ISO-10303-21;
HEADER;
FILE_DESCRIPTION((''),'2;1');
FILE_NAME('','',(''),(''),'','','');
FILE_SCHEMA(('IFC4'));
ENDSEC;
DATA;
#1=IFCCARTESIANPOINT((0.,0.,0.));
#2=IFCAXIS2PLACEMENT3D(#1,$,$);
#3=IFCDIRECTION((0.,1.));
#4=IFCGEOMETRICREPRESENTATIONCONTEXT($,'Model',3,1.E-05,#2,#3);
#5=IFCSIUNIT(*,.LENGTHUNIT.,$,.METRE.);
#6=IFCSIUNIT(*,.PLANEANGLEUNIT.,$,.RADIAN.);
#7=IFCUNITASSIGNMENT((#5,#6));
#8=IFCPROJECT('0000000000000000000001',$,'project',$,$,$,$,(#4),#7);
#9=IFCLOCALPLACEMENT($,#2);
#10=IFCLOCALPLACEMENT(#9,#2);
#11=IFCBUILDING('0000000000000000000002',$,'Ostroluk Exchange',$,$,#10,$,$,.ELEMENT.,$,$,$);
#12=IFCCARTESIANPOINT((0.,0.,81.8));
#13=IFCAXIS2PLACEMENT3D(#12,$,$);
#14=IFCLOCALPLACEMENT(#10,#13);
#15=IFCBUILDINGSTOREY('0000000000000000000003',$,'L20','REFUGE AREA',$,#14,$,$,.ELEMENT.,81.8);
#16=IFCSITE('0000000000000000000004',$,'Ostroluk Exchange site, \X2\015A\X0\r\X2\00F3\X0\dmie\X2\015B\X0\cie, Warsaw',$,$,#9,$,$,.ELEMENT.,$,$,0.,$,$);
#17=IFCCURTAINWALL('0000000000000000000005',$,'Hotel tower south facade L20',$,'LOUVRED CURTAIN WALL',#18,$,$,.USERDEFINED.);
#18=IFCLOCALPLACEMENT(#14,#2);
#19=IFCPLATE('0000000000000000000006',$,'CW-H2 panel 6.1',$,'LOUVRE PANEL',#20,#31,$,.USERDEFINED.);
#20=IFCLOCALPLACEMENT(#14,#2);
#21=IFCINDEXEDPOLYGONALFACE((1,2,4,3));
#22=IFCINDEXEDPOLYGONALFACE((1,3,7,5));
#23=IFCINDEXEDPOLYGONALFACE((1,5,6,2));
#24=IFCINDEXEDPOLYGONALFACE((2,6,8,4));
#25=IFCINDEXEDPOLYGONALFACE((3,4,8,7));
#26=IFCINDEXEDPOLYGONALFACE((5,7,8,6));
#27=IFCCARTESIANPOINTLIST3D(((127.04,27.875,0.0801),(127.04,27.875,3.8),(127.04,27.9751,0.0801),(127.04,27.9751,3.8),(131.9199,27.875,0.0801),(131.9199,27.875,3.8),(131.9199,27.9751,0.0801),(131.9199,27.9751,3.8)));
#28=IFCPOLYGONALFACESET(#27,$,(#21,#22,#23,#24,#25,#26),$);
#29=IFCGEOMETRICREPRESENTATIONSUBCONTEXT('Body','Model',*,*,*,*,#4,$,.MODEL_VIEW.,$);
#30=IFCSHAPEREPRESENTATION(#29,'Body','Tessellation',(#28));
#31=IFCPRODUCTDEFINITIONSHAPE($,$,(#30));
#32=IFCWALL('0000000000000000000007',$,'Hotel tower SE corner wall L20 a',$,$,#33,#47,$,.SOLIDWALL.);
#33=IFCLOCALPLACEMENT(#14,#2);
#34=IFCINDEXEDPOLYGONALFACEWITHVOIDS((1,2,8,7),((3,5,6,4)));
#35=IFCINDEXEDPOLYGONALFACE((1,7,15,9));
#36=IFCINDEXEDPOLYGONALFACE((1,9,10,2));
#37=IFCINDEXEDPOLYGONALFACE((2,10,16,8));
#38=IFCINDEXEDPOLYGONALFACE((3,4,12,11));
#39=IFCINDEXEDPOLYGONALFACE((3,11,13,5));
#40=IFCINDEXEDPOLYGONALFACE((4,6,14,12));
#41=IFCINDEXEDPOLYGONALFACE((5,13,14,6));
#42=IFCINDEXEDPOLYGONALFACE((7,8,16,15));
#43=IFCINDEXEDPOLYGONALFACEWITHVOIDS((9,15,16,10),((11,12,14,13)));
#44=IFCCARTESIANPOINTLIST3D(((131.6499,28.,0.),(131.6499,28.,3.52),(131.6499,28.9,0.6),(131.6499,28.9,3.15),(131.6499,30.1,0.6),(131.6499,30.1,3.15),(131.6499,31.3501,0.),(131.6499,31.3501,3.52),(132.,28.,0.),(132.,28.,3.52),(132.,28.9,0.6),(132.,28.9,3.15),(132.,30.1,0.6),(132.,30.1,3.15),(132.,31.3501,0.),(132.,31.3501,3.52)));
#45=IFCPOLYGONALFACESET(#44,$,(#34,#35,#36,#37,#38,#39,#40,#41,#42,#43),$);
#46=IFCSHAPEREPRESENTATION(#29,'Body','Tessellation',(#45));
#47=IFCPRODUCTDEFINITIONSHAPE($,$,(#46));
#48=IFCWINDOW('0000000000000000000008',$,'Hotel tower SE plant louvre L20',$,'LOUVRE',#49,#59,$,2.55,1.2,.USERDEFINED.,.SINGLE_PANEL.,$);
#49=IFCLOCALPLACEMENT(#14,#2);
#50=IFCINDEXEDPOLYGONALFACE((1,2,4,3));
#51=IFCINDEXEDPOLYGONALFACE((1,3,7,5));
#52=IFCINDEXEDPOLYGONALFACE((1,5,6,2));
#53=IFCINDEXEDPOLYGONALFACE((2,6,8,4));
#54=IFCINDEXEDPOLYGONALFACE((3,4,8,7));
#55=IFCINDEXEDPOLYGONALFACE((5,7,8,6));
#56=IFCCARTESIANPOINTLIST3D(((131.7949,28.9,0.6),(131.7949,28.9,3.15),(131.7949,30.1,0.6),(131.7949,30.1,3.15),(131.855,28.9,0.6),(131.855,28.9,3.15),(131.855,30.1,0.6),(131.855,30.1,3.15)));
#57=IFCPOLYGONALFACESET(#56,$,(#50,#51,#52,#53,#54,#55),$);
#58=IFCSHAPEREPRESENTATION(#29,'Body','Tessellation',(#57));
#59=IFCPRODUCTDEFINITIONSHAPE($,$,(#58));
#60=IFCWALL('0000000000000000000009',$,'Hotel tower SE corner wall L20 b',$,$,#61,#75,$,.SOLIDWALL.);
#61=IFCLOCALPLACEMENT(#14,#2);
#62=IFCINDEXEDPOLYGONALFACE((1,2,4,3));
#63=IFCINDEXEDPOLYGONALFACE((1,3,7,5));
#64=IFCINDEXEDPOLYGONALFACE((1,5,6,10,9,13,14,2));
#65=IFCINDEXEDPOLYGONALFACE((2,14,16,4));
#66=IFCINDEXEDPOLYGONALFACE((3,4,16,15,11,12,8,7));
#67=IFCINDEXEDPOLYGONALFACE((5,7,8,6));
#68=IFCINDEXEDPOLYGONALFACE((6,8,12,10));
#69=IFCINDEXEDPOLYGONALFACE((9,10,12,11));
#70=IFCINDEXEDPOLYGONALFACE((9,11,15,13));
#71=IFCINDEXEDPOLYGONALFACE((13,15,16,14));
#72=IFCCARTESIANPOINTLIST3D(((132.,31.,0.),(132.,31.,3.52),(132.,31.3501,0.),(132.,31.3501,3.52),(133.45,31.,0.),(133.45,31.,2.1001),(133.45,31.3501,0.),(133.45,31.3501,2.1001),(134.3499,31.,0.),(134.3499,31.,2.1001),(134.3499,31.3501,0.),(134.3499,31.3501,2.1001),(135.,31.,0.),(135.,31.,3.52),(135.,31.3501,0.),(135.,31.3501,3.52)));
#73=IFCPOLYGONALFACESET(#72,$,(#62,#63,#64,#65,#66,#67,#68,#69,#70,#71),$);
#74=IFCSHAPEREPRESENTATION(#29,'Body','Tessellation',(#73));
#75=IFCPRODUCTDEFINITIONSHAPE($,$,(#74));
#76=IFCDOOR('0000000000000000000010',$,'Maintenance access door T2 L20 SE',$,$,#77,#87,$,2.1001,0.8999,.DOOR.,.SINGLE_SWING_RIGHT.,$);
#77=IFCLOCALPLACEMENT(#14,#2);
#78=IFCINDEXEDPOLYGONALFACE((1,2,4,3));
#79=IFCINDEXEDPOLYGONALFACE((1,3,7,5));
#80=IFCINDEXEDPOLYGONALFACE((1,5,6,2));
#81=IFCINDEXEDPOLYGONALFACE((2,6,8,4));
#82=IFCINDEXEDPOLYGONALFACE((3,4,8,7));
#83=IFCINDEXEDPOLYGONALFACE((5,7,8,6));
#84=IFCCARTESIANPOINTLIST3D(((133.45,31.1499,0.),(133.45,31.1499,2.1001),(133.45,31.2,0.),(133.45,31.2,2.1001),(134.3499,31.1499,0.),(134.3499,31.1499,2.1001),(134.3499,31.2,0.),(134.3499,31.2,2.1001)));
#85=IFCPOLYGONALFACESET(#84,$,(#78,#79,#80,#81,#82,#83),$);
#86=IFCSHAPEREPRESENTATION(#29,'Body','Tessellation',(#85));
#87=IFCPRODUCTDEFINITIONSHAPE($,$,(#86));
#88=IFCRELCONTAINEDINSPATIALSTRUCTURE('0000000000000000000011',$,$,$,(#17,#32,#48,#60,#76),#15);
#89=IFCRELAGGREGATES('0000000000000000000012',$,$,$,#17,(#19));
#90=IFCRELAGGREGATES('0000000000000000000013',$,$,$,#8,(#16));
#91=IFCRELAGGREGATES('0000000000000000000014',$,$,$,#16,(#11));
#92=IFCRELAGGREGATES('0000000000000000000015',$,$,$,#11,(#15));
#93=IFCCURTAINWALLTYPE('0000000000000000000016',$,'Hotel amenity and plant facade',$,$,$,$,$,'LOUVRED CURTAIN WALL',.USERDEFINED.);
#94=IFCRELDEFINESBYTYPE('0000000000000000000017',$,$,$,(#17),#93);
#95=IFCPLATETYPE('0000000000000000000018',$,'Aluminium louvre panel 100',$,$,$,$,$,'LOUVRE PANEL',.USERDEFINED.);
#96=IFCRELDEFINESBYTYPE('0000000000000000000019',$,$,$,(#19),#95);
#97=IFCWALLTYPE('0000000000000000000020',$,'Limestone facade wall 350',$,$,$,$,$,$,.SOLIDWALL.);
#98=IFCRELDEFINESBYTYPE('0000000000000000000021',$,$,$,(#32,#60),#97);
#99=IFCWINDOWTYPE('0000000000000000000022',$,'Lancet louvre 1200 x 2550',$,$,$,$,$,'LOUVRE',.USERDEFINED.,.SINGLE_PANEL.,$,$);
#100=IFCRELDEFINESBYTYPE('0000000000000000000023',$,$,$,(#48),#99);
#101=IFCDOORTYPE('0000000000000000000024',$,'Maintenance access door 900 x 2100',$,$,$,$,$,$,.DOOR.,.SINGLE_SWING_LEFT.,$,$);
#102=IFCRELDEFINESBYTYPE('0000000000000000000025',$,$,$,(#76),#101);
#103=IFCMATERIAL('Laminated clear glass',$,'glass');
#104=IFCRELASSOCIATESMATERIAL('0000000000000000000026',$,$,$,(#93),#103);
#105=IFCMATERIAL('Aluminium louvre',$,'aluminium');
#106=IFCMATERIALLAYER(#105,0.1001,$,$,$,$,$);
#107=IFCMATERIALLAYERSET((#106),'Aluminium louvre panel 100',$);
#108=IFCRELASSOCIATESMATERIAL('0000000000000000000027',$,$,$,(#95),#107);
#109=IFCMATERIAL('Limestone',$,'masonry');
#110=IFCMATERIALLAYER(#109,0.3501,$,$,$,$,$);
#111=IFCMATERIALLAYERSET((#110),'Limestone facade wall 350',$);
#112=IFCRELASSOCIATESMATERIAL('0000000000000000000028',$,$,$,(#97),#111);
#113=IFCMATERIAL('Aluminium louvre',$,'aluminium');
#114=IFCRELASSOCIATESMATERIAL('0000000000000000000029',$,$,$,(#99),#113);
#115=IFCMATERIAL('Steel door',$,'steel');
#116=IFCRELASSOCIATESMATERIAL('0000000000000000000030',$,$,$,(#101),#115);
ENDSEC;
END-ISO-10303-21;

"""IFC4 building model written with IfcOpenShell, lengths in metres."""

from ifc_helpers import new_model, si_unit, direction, frame, frame_2d, origin, origin_2d, place, context, subcontext, project, spatial, rectangle, extrude, material, layer, layer_set, type_object, element, fill, aggregate, save


model = new_model("IFC4")

# Units and contexts
model_context = context("Model", 3, precision=1e-05, world=origin(), true_north=direction((0.0, 1.0)))
body_context = subcontext(model_context, "Body", "Model", "MODEL_VIEW")
ifc_project = project(units=[si_unit("LENGTHUNIT", "METRE"), si_unit("PLANEANGLEUNIT", "RADIAN")], contexts=[model_context])

# Site, building, storey
site_placement = place(None, origin())
site = spatial("IfcSite", under=ifc_project, at=site_placement, Name="Ostroluk Exchange site, Śródmieście, Warsaw", CompositionType="ELEMENT", RefElevation=0.0)
building_placement = place(site_placement, origin())
building = spatial("IfcBuilding", under=site, at=building_placement, Name="Ostroluk Exchange", CompositionType="ELEMENT")
storey_placement = place(building_placement, frame((0.0, 0.0, 81.8)))
storey = spatial("IfcBuildingStorey", under=building, at=storey_placement, Name="L20", Description="REFUGE AREA", CompositionType="ELEMENT", Elevation=81.8)

# Curtain wall
ifc_material_1 = material(Name="Laminated clear glass", Category="glass")
curtain_wall_type = type_object("IfcCurtainWallType", Name="Hotel amenity and plant facade", ElementType="LOUVRED CURTAIN WALL", PredefinedType="USERDEFINED", material=ifc_material_1)
curtain_wall_1_placement = place(storey_placement, origin())
curtain_wall_1 = element("IfcCurtainWall", 1, at=curtain_wall_1_placement, inside=storey, type_object=curtain_wall_type, Name="Hotel tower south facade L20", ObjectType="LOUVRED CURTAIN WALL", PredefinedType="USERDEFINED")

# Plate
ifc_material_2 = material(Name="Aluminium louvre", Category="aluminium")
ifc_layer_1 = layer(ifc_material_2, 0.1001)
ifc_layer_set_1 = layer_set([ifc_layer_1], Name="Aluminium louvre panel 100")
plate_type = type_object("IfcPlateType", Name="Aluminium louvre panel 100", ElementType="LOUVRE PANEL", PredefinedType="USERDEFINED", material=ifc_layer_set_1)
plate_1_placement = place(storey_placement, frame((129.48, 27.925, 0.0801), z_axis=(0.0, 0.0, 1.0), x_axis=(1.0, 0.0, 0.0)))
plate_1 = element("IfcPlate", 2, at=plate_1_placement, type_object=plate_type, Name="CW-H2 panel 6.1", ObjectType="LOUVRE PANEL", PredefinedType="USERDEFINED", context=body_context, shape_type="SweptSolid", body=[
    extrude(rectangle(XDim=4.8799, YDim=0.1001, at=origin_2d()), origin(), (0.0, 0.0, 1.0), 3.72),
])
aggregate(curtain_wall_1, [plate_1])

# Wall, opening, window
ifc_material_3 = material(Name="Limestone", Category="masonry")
ifc_layer_2 = layer(ifc_material_3, 0.3501)
ifc_layer_set_2 = layer_set([ifc_layer_2], Name="Limestone facade wall 350")
wall_type = type_object("IfcWallType", Name="Limestone facade wall 350", PredefinedType="SOLIDWALL", material=ifc_layer_set_2)
wall_1_placement = place(storey_placement, frame((131.825, 28.0, 0.0), z_axis=(0.0, 0.0, 1.0), x_axis=(0.0, 1.0, 0.0)))
wall_1 = element("IfcWall", 3, at=wall_1_placement, inside=storey, type_object=wall_type, Name="Hotel tower SE corner wall L20 a", PredefinedType="SOLIDWALL", context=body_context, shape_type="SweptSolid", body=[
    extrude(rectangle(XDim=3.3501, YDim=0.3501, at=frame_2d((1.675, 0.0))), origin(), (0.0, 0.0, 1.0), 3.52),
])
opening_1_placement = place(wall_1_placement, frame((0.8999, 0.0, 0.6001)))
opening_1 = element("IfcOpeningElement", 4, at=opening_1_placement, cuts=wall_1, PredefinedType="OPENING", context=body_context, shape_type="SweptSolid", body=[
    extrude(rectangle(XDim=1.2, YDim=2.55, at=frame_2d((0.6001, 1.2749))), frame((0.0, 0.1851, 0.0), z_axis=(0.0, -1.0, 0.0), x_axis=(1.0, 0.0, 0.0)), (0.0, 0.0, 1.0), 0.3701),
])
ifc_material_4 = material(Name="Aluminium louvre", Category="aluminium")
window_type = type_object("IfcWindowType", Name="Lancet louvre 1200 x 2550", ElementType="LOUVRE", PartitioningType="SINGLE_PANEL", PredefinedType="USERDEFINED", material=ifc_material_4)
window_placement = place(opening_1_placement, origin())
window = element("IfcWindow", 5, at=window_placement, inside=storey, type_object=window_type, Name="Hotel tower SE plant louvre L20", ObjectType="LOUVRE", OverallHeight=2.55, OverallWidth=1.2, PartitioningType="SINGLE_PANEL", PredefinedType="USERDEFINED", context=body_context, shape_type="SweptSolid", body=[
    extrude(rectangle(XDim=1.2, YDim=2.55, at=frame_2d((0.6001, 1.2749))), frame((0.0, 0.03, 0.0), z_axis=(0.0, -1.0, 0.0), x_axis=(1.0, 0.0, 0.0)), (0.0, 0.0, 1.0), 0.0601),
])
fill(opening_1, window)

# Wall, opening, door
wall_2_placement = place(storey_placement, frame((132.0, 31.175, 0.0), z_axis=(0.0, 0.0, 1.0), x_axis=(1.0, 0.0, 0.0)))
wall_2 = element("IfcWall", 6, at=wall_2_placement, inside=storey, type_object=wall_type, Name="Hotel tower SE corner wall L20 b", PredefinedType="SOLIDWALL", context=body_context, shape_type="SweptSolid", body=[
    extrude(rectangle(XDim=3.0, YDim=0.3501, at=frame_2d((1.5, 0.0))), origin(), (0.0, 0.0, 1.0), 3.52),
])
opening_2_placement = place(wall_2_placement, frame((1.45, 0.0, 0.0)))
opening_2 = element("IfcOpeningElement", 7, at=opening_2_placement, cuts=wall_2, PredefinedType="OPENING", context=body_context, shape_type="SweptSolid", body=[
    extrude(rectangle(XDim=0.8999, YDim=2.1001, at=frame_2d((0.45, 1.05))), frame((0.0, 0.1851, 0.0), z_axis=(0.0, -1.0, 0.0), x_axis=(1.0, 0.0, 0.0)), (0.0, 0.0, 1.0), 0.3701),
])
ifc_material_5 = material(Name="Steel door", Category="steel")
door_type = type_object("IfcDoorType", Name="Maintenance access door 900 x 2100", OperationType="SINGLE_SWING_LEFT", PredefinedType="DOOR", material=ifc_material_5)
door_placement = place(opening_2_placement, origin())
door = element("IfcDoor", 8, at=door_placement, inside=storey, type_object=door_type, Name="Maintenance access door T2 L20 SE", OperationType="SINGLE_SWING_RIGHT", OverallHeight=2.1001, OverallWidth=0.8999, PredefinedType="DOOR", context=body_context, shape_type="SweptSolid", body=[
    extrude(rectangle(XDim=0.8999, YDim=2.1001, at=frame_2d((0.45, 1.05))), frame((0.0, 0.0249, 0.0), z_axis=(0.0, -1.0, 0.0), x_axis=(1.0, 0.0, 0.0)), (0.0, 0.0, 1.0), 0.05),
])
fill(opening_2, door)

save(model, "model.ifc")
